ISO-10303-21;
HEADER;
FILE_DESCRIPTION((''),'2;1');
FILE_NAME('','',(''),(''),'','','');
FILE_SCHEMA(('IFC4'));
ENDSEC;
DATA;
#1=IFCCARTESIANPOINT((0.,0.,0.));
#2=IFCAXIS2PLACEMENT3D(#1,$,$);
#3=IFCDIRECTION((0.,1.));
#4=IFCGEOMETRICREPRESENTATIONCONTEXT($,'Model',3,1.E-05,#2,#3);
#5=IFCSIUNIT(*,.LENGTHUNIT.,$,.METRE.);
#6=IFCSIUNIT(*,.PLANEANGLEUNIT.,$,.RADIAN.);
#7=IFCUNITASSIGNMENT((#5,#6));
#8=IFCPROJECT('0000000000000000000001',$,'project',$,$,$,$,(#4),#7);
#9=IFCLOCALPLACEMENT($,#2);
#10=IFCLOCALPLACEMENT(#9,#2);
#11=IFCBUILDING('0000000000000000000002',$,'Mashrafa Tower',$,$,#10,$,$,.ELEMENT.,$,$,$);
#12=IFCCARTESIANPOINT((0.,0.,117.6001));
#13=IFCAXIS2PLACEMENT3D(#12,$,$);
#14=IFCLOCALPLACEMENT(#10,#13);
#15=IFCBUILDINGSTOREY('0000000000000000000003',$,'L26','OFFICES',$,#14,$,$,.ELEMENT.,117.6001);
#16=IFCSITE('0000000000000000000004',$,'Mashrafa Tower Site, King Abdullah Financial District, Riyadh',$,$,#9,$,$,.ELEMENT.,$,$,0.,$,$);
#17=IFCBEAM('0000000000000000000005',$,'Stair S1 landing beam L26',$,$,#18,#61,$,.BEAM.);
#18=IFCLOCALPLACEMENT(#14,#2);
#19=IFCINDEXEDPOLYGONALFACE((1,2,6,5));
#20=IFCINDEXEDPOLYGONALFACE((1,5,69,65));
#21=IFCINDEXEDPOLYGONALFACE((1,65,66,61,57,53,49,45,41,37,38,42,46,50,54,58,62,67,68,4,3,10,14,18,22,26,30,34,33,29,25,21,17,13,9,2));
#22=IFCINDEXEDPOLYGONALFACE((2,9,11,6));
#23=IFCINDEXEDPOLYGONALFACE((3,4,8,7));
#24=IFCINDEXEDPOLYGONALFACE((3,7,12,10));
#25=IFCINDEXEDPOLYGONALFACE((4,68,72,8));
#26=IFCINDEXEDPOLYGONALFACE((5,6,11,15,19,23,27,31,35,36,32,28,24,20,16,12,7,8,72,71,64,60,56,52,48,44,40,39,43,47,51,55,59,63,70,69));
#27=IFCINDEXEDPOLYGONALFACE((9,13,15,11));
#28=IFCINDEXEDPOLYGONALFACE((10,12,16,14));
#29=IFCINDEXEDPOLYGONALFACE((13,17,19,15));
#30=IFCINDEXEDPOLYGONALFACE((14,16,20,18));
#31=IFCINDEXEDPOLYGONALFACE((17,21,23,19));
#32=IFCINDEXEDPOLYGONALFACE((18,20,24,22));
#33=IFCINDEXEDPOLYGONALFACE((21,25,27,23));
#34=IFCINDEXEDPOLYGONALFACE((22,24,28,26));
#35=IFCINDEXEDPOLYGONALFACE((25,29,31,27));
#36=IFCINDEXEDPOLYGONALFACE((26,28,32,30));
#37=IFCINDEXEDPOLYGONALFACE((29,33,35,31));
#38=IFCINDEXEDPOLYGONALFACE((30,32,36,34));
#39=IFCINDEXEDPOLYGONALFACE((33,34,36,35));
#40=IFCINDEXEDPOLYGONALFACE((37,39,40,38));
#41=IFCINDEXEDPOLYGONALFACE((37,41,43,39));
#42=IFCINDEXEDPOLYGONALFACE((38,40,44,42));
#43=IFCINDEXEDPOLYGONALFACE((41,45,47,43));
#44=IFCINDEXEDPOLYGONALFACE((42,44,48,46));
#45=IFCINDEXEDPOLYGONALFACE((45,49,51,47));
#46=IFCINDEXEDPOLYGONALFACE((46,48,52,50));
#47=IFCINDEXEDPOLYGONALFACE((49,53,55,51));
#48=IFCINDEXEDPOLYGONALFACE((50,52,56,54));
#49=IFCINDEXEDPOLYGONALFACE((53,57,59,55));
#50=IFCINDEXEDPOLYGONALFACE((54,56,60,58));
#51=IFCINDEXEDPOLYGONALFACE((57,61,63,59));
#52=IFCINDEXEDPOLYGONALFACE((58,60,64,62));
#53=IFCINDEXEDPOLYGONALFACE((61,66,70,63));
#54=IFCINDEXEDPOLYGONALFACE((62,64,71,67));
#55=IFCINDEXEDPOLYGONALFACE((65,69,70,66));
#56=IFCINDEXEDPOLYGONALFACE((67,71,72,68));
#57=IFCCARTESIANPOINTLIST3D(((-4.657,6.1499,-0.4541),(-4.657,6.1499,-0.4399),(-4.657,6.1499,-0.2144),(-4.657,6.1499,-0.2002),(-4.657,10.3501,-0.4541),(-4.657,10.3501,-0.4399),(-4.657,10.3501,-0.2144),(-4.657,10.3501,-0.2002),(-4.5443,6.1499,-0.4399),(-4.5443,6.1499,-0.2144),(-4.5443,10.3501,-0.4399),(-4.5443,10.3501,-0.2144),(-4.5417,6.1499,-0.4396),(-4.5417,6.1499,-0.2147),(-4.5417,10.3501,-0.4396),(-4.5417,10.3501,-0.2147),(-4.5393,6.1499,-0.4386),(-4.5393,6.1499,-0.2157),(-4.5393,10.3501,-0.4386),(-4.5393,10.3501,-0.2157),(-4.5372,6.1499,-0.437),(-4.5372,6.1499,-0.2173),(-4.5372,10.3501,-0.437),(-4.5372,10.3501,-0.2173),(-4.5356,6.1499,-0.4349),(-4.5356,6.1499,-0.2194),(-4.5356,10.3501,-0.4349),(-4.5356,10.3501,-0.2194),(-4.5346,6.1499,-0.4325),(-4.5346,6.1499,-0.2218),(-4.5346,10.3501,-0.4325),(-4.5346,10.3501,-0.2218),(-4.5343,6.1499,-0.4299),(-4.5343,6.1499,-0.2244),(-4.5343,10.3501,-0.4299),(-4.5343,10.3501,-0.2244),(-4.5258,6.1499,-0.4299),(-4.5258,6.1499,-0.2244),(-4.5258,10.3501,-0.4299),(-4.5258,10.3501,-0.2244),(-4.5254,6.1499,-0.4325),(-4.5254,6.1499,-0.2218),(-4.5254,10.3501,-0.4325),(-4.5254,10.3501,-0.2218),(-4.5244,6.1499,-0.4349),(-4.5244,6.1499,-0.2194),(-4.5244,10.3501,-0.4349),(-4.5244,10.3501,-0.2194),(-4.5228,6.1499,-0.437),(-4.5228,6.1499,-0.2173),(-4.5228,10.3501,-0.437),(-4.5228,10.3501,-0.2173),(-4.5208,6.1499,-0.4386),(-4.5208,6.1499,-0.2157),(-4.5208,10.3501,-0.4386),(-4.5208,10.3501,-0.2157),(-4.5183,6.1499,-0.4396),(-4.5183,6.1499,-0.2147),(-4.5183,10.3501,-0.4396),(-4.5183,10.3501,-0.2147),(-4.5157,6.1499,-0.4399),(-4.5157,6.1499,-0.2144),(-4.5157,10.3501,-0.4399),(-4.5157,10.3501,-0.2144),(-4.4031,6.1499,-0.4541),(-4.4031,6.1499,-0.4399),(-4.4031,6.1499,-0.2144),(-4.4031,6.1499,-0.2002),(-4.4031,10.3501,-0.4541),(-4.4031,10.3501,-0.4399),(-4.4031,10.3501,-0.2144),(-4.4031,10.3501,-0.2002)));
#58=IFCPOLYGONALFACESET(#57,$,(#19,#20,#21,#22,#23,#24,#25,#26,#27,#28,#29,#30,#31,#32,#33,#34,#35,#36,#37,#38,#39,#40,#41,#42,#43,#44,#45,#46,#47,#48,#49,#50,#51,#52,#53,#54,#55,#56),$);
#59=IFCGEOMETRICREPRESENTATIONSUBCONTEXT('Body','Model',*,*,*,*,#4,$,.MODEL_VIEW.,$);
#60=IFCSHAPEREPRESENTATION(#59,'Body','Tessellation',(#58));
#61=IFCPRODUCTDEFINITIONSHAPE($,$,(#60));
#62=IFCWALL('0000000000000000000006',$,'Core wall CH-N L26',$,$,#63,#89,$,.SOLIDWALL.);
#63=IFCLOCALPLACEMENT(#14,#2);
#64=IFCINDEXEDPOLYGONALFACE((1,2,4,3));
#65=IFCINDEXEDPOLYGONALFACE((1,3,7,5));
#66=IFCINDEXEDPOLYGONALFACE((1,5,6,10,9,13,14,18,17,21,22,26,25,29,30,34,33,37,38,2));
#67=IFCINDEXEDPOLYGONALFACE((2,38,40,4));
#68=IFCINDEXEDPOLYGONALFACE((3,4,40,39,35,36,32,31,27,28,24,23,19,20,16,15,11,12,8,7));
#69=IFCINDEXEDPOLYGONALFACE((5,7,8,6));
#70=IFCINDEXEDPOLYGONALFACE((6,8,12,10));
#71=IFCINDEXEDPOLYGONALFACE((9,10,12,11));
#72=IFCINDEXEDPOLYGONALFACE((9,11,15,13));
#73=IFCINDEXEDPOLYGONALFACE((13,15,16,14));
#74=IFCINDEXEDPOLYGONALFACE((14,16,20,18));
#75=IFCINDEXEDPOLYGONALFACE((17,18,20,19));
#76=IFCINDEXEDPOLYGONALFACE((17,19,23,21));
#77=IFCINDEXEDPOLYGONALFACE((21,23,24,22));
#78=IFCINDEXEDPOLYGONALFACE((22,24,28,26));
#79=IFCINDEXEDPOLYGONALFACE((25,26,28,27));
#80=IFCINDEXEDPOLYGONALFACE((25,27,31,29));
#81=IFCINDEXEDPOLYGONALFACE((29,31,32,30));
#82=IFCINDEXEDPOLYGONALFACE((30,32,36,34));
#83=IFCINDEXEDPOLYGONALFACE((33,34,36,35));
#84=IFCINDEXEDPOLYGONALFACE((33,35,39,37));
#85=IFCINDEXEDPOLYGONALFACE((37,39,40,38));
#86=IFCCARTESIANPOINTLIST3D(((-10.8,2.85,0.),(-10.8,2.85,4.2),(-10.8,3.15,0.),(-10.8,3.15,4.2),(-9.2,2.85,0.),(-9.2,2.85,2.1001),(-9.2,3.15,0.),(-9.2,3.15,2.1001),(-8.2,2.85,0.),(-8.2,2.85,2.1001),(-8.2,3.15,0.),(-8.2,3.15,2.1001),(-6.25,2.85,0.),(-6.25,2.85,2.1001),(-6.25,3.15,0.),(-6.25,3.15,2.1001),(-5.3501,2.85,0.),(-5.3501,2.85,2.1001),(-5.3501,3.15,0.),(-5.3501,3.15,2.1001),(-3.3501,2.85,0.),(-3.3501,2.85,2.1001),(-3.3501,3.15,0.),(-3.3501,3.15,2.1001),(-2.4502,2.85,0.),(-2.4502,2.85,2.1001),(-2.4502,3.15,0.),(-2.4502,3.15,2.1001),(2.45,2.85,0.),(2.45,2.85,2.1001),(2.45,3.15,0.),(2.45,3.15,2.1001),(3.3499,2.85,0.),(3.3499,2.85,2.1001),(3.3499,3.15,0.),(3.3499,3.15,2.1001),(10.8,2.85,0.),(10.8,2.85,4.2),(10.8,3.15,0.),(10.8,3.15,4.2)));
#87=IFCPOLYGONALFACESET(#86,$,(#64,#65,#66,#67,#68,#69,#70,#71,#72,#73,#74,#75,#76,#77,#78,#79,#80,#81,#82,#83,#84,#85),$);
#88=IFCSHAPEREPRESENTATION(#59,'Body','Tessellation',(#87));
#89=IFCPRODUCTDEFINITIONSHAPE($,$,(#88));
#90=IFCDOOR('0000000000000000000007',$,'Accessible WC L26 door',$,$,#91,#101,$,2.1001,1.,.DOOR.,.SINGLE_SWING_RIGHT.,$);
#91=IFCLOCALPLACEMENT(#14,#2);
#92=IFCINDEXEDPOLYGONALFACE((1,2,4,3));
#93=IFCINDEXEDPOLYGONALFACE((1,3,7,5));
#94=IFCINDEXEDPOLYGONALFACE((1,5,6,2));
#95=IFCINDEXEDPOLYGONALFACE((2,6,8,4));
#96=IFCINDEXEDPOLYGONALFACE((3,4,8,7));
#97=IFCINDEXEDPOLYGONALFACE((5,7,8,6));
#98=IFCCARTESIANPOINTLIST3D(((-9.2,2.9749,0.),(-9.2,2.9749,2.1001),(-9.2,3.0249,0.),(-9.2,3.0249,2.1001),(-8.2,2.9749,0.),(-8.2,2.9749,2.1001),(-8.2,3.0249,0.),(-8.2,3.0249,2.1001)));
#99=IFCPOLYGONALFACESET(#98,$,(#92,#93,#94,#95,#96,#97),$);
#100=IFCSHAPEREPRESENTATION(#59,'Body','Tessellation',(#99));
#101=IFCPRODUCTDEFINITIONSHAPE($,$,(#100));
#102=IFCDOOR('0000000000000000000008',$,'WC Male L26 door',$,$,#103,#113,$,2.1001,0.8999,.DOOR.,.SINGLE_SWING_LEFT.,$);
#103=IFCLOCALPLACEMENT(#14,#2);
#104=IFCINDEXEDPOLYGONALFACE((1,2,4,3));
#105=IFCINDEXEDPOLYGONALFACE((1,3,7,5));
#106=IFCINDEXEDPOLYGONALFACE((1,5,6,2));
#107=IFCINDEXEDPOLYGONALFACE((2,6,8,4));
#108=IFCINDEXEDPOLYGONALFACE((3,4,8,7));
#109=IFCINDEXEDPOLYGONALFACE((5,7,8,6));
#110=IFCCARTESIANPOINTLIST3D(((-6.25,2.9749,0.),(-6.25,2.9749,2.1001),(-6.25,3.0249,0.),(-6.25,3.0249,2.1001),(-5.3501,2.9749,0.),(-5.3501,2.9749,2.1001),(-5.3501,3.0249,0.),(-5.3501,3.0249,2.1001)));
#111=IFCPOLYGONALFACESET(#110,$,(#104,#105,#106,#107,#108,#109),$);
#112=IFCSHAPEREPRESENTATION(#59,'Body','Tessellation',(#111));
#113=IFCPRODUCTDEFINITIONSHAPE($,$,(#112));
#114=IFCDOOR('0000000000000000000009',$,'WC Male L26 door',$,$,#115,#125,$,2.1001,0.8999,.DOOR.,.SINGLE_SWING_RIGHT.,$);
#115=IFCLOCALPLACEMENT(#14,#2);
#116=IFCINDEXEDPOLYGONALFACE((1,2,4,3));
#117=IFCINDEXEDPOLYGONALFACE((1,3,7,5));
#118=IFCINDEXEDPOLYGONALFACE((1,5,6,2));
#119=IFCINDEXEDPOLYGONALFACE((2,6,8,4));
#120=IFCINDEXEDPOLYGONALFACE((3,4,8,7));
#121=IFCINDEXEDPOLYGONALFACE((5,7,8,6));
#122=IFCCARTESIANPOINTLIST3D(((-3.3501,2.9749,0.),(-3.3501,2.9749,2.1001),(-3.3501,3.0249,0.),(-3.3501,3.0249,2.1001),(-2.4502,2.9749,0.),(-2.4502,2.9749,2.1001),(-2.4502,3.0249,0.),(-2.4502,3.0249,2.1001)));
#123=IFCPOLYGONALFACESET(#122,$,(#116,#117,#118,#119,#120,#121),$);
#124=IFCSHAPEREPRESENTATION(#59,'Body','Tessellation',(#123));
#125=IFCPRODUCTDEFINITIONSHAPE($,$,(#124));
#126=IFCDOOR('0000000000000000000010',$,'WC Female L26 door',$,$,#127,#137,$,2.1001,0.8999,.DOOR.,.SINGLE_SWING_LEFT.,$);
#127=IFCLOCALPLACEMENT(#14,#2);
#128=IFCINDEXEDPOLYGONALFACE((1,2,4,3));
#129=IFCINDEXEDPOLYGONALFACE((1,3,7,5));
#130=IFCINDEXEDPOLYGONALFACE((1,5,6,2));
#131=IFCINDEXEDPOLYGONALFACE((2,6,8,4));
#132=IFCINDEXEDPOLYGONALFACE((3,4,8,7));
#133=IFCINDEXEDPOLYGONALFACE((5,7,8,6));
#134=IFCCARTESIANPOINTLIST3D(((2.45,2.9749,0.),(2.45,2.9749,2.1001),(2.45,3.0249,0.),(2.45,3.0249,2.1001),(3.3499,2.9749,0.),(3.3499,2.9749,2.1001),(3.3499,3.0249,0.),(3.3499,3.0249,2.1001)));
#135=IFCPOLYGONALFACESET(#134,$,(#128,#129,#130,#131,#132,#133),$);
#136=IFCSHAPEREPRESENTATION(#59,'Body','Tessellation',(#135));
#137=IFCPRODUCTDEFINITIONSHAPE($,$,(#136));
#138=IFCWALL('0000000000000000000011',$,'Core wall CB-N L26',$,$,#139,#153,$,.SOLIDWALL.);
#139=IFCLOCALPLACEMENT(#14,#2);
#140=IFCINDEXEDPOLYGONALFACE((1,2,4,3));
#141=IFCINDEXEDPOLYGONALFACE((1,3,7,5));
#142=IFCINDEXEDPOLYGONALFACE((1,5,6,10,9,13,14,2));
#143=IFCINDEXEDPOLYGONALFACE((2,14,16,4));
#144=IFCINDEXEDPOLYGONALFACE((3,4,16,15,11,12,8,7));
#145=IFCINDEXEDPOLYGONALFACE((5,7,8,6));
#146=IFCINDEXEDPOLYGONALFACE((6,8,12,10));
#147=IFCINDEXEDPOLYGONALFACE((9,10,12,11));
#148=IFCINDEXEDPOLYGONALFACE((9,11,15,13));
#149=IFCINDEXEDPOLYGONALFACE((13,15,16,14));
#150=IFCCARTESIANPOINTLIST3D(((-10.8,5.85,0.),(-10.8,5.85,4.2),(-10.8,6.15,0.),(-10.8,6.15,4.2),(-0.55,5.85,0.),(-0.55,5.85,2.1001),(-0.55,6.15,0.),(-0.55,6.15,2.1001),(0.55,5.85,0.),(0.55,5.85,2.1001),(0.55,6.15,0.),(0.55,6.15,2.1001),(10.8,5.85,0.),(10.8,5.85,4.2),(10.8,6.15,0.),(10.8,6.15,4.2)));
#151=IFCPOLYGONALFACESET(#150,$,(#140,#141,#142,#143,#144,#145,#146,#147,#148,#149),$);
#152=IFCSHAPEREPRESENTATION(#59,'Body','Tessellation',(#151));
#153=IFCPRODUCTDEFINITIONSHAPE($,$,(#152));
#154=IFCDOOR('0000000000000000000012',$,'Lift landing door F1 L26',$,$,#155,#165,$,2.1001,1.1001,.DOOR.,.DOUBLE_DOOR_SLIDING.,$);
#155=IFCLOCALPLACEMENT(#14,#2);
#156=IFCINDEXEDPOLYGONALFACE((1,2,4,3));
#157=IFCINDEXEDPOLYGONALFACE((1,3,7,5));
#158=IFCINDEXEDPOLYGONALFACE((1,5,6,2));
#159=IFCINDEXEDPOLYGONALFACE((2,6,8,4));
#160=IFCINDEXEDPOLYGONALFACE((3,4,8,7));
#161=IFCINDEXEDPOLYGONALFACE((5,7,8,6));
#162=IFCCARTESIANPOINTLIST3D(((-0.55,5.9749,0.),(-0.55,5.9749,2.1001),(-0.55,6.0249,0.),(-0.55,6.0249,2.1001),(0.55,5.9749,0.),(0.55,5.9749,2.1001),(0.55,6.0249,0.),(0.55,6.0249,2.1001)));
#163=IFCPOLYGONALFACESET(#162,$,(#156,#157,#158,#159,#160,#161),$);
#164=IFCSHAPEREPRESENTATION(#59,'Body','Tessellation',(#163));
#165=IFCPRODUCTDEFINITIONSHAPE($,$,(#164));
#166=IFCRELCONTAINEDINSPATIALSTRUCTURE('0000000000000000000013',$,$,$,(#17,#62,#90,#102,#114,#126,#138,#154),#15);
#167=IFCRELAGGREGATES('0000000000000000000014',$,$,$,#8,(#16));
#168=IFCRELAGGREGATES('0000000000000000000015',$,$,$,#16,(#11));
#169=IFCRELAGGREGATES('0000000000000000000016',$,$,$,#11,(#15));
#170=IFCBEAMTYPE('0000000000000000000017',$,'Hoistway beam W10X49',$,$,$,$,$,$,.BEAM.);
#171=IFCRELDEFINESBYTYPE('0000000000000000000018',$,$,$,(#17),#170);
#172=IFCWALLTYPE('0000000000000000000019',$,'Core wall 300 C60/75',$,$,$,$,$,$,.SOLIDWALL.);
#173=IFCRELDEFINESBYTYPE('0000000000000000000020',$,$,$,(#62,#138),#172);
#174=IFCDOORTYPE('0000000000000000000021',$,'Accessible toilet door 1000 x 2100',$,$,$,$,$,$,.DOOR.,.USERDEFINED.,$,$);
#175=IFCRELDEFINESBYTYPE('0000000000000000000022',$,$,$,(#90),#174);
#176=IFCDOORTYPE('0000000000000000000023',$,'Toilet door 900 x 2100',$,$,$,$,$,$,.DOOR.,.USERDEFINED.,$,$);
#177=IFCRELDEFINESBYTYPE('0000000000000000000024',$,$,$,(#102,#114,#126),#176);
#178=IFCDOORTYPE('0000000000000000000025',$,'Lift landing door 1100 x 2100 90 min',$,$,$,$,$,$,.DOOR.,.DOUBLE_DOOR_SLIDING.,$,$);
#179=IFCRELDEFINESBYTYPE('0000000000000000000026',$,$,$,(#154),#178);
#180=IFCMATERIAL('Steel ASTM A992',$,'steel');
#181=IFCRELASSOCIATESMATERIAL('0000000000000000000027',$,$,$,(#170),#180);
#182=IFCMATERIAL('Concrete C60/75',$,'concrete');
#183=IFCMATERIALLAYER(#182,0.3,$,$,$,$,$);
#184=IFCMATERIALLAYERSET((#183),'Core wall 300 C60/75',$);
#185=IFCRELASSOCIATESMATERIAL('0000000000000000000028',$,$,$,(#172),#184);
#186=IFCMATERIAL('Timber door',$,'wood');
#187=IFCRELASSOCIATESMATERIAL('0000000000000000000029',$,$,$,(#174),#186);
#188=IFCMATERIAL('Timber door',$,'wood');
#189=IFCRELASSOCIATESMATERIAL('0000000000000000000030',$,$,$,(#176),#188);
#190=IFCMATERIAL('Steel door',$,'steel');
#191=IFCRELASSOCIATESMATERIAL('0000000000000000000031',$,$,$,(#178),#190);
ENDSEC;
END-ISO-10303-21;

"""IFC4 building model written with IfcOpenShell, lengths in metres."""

from ifc_helpers import new_model, si_unit, direction, frame, frame_2d, origin, origin_2d, place, context, subcontext, project, spatial, rectangle, i_section, extrude, material, layer, layer_set, material_profile, profile_set, type_object, element, fill, save


model = new_model("IFC4")

# Units and contexts
model_context = context("Model", 3, precision=1e-05, world=origin(), true_north=direction((0.0, 1.0)))
body_context = subcontext(model_context, "Body", "Model", "MODEL_VIEW")
ifc_project = project(units=[si_unit("LENGTHUNIT", "METRE"), si_unit("PLANEANGLEUNIT", "RADIAN")], contexts=[model_context])

# Site, building, storey
site_placement = place(None, origin())
site = spatial("IfcSite", under=ifc_project, at=site_placement, Name="Mashrafa Tower Site, King Abdullah Financial District, Riyadh", CompositionType="ELEMENT", RefElevation=0.0)
building_placement = place(site_placement, origin())
building = spatial("IfcBuilding", under=site, at=building_placement, Name="Mashrafa Tower", CompositionType="ELEMENT")
storey_placement = place(building_placement, frame((0.0, 0.0, 117.6001)))
storey = spatial("IfcBuildingStorey", under=building, at=storey_placement, Name="L26", Description="OFFICES", CompositionType="ELEMENT", Elevation=117.6001)

# Beam
ifc_material_1 = material(Name="Steel ASTM A992", Category="steel")
ifc_material_profile = material_profile(ifc_material_1, i_section(OverallWidth=0.2539, OverallDepth=0.2539, WebThickness=0.0085, FlangeThickness=0.0142, FilletRadius=0.01, at=origin_2d()), Name="W10X49")
ifc_profile_set = profile_set([ifc_material_profile], Name="Steel ASTM A992")
beam_type = type_object("IfcBeamType", Name="Hoistway beam W10X49", PredefinedType="BEAM", material=ifc_profile_set)
beam_placement = place(storey_placement, frame((-4.53, 6.1499, -0.3271), z_axis=(0.0, 1.0, 0.0), x_axis=(-1.0, 0.0, 0.0)))
element("IfcBeam", 1, at=beam_placement, inside=storey, type_object=beam_type, Name="Stair S1 landing beam L26", PredefinedType="BEAM", context=body_context, shape_type="SweptSolid", body=[
    extrude(i_section(OverallWidth=0.2539, OverallDepth=0.2539, WebThickness=0.0085, FlangeThickness=0.0142, FilletRadius=0.01, at=origin_2d()), origin(), (0.0, 0.0, 1.0), 4.2002),
])

# Wall, openings, doors
ifc_material_2 = material(Name="Concrete C60/75", Category="concrete")
ifc_layer_1 = layer(ifc_material_2, 0.3)
ifc_layer_set_1 = layer_set([ifc_layer_1], Name="Core wall 300 C60/75")
wall_type_1 = type_object("IfcWallType", Name="Core wall 300 C60/75", PredefinedType="SOLIDWALL", material=ifc_layer_set_1)
wall_1_placement = place(storey_placement, frame((-10.8, 3.0, 0.0), z_axis=(0.0, 0.0, 1.0), x_axis=(1.0, 0.0, 0.0)))
wall_1 = element("IfcWall", 2, at=wall_1_placement, inside=storey, type_object=wall_type_1, Name="Core wall CH-N L26", PredefinedType="SOLIDWALL", context=body_context, shape_type="SweptSolid", body=[
    extrude(rectangle(XDim=21.6001, YDim=0.3, at=frame_2d((10.8, 0.0))), origin(), (0.0, 0.0, 1.0), 4.2),
])
opening_1_placement = place(wall_1_placement, frame((1.6001, 0.0, 0.0)))
opening_1 = element("IfcOpeningElement", 3, at=opening_1_placement, cuts=wall_1, PredefinedType="OPENING", context=body_context, shape_type="SweptSolid", body=[
    extrude(rectangle(XDim=1.0, YDim=2.1001, at=frame_2d((0.5, 1.05))), frame((0.0, 0.1599, 0.0), z_axis=(0.0, -1.0, 0.0), x_axis=(1.0, 0.0, 0.0)), (0.0, 0.0, 1.0), 0.3201),
])
opening_2_placement = place(wall_1_placement, frame((4.55, 0.0, 0.0)))
opening_2 = element("IfcOpeningElement", 4, at=opening_2_placement, cuts=wall_1, PredefinedType="OPENING", context=body_context, shape_type="SweptSolid", body=[
    extrude(rectangle(XDim=0.8999, YDim=2.1001, at=frame_2d((0.45, 1.05))), frame((0.0, 0.1599, 0.0), z_axis=(0.0, -1.0, 0.0), x_axis=(1.0, 0.0, 0.0)), (0.0, 0.0, 1.0), 0.3201),
])
opening_3_placement = place(wall_1_placement, frame((7.45, 0.0, 0.0)))
opening_3 = element("IfcOpeningElement", 5, at=opening_3_placement, cuts=wall_1, PredefinedType="OPENING", context=body_context, shape_type="SweptSolid", body=[
    extrude(rectangle(XDim=0.8999, YDim=2.1001, at=frame_2d((0.45, 1.05))), frame((0.0, 0.1599, 0.0), z_axis=(0.0, -1.0, 0.0), x_axis=(1.0, 0.0, 0.0)), (0.0, 0.0, 1.0), 0.3201),
])
opening_4_placement = place(wall_1_placement, frame((13.25, 0.0, 0.0)))
opening_4 = element("IfcOpeningElement", 6, at=opening_4_placement, cuts=wall_1, PredefinedType="OPENING", context=body_context, shape_type="SweptSolid", body=[
    extrude(rectangle(XDim=0.8999, YDim=2.1001, at=frame_2d((0.45, 1.05))), frame((0.0, 0.1599, 0.0), z_axis=(0.0, -1.0, 0.0), x_axis=(1.0, 0.0, 0.0)), (0.0, 0.0, 1.0), 0.3201),
])
ifc_material_3 = material(Name="Timber door", Category="wood")
door_type_1 = type_object("IfcDoorType", Name="Accessible toilet door 1000 x 2100", OperationType="USERDEFINED", PredefinedType="DOOR", material=ifc_material_3)
door_1_placement = place(opening_1_placement, origin())
door_1 = element("IfcDoor", 7, at=door_1_placement, inside=storey, type_object=door_type_1, Name="Accessible WC L26 door", OperationType="SINGLE_SWING_RIGHT", OverallHeight=2.1001, OverallWidth=1.0, PredefinedType="DOOR", context=body_context, shape_type="SweptSolid", body=[
    extrude(rectangle(XDim=1.0, YDim=2.1001, at=frame_2d((0.5, 1.05))), frame((0.0, 0.0249, 0.0), z_axis=(0.0, -1.0, 0.0), x_axis=(1.0, 0.0, 0.0)), (0.0, 0.0, 1.0), 0.05),
])
fill(opening_1, door_1)
ifc_material_4 = material(Name="Timber door", Category="wood")
door_type_2 = type_object("IfcDoorType", Name="Toilet door 900 x 2100", OperationType="USERDEFINED", PredefinedType="DOOR", material=ifc_material_4)
door_2_placement = place(opening_2_placement, origin())
door_2 = element("IfcDoor", 8, at=door_2_placement, inside=storey, type_object=door_type_2, Name="WC Male L26 door", OperationType="SINGLE_SWING_LEFT", OverallHeight=2.1001, OverallWidth=0.8999, PredefinedType="DOOR", context=body_context, shape_type="SweptSolid", body=[
    extrude(rectangle(XDim=0.8999, YDim=2.1001, at=frame_2d((0.45, 1.05))), frame((0.0, 0.0249, 0.0), z_axis=(0.0, -1.0, 0.0), x_axis=(1.0, 0.0, 0.0)), (0.0, 0.0, 1.0), 0.05),
])
fill(opening_2, door_2)
door_3_placement = place(opening_3_placement, origin())
door_3 = element("IfcDoor", 9, at=door_3_placement, inside=storey, type_object=door_type_2, Name="WC Male L26 door", OperationType="SINGLE_SWING_RIGHT", OverallHeight=2.1001, OverallWidth=0.8999, PredefinedType="DOOR", context=body_context, shape_type="SweptSolid", body=[
    extrude(rectangle(XDim=0.8999, YDim=2.1001, at=frame_2d((0.45, 1.05))), frame((0.0, 0.0249, 0.0), z_axis=(0.0, -1.0, 0.0), x_axis=(1.0, 0.0, 0.0)), (0.0, 0.0, 1.0), 0.05),
])
fill(opening_3, door_3)
door_4_placement = place(opening_4_placement, origin())
door_4 = element("IfcDoor", 10, at=door_4_placement, inside=storey, type_object=door_type_2, Name="WC Female L26 door", OperationType="SINGLE_SWING_LEFT", OverallHeight=2.1001, OverallWidth=0.8999, PredefinedType="DOOR", context=body_context, shape_type="SweptSolid", body=[
    extrude(rectangle(XDim=0.8999, YDim=2.1001, at=frame_2d((0.45, 1.05))), frame((0.0, 0.0249, 0.0), z_axis=(0.0, -1.0, 0.0), x_axis=(1.0, 0.0, 0.0)), (0.0, 0.0, 1.0), 0.05),
])
fill(opening_4, door_4)

# Wall, opening, door
wall_2_placement = place(storey_placement, frame((-10.8, 6.0, 0.0), z_axis=(0.0, 0.0, 1.0), x_axis=(1.0, 0.0, 0.0)))
wall_2 = element("IfcWall", 11, at=wall_2_placement, inside=storey, type_object=wall_type_1, Name="Core wall CB-N L26", PredefinedType="SOLIDWALL", context=body_context, shape_type="SweptSolid", body=[
    extrude(rectangle(XDim=21.6001, YDim=0.3, at=frame_2d((10.8, 0.0))), origin(), (0.0, 0.0, 1.0), 4.2),
])
opening_5_placement = place(wall_2_placement, frame((10.25, 0.0, 0.0)))
opening_5 = element("IfcOpeningElement", 12, at=opening_5_placement, cuts=wall_2, PredefinedType="OPENING", context=body_context, shape_type="SweptSolid", body=[
    extrude(rectangle(XDim=1.1001, YDim=2.1001, at=frame_2d((0.55, 1.05))), frame((0.0, 0.1599, 0.0), z_axis=(0.0, -1.0, 0.0), x_axis=(1.0, 0.0, 0.0)), (0.0, 0.0, 1.0), 0.3201),
])
ifc_material_5 = material(Name="Steel door", Category="steel")
door_type_3 = type_object("IfcDoorType", Name="Lift landing door 1100 x 2100 90 min", OperationType="DOUBLE_DOOR_SLIDING", PredefinedType="DOOR", material=ifc_material_5)
door_5_placement = place(opening_5_placement, origin())
door_5 = element("IfcDoor", 13, at=door_5_placement, inside=storey, type_object=door_type_3, Name="Lift landing door F1 L26", OperationType="DOUBLE_DOOR_SLIDING", OverallHeight=2.1001, OverallWidth=1.1001, PredefinedType="DOOR", context=body_context, shape_type="SweptSolid", body=[
    extrude(rectangle(XDim=1.1001, YDim=2.1001, at=frame_2d((0.55, 1.05))), frame((0.0, 0.0249, 0.0), z_axis=(0.0, -1.0, 0.0), x_axis=(1.0, 0.0, 0.0)), (0.0, 0.0, 1.0), 0.05),
])
fill(opening_5, door_5)

save(model, "model.ifc")
